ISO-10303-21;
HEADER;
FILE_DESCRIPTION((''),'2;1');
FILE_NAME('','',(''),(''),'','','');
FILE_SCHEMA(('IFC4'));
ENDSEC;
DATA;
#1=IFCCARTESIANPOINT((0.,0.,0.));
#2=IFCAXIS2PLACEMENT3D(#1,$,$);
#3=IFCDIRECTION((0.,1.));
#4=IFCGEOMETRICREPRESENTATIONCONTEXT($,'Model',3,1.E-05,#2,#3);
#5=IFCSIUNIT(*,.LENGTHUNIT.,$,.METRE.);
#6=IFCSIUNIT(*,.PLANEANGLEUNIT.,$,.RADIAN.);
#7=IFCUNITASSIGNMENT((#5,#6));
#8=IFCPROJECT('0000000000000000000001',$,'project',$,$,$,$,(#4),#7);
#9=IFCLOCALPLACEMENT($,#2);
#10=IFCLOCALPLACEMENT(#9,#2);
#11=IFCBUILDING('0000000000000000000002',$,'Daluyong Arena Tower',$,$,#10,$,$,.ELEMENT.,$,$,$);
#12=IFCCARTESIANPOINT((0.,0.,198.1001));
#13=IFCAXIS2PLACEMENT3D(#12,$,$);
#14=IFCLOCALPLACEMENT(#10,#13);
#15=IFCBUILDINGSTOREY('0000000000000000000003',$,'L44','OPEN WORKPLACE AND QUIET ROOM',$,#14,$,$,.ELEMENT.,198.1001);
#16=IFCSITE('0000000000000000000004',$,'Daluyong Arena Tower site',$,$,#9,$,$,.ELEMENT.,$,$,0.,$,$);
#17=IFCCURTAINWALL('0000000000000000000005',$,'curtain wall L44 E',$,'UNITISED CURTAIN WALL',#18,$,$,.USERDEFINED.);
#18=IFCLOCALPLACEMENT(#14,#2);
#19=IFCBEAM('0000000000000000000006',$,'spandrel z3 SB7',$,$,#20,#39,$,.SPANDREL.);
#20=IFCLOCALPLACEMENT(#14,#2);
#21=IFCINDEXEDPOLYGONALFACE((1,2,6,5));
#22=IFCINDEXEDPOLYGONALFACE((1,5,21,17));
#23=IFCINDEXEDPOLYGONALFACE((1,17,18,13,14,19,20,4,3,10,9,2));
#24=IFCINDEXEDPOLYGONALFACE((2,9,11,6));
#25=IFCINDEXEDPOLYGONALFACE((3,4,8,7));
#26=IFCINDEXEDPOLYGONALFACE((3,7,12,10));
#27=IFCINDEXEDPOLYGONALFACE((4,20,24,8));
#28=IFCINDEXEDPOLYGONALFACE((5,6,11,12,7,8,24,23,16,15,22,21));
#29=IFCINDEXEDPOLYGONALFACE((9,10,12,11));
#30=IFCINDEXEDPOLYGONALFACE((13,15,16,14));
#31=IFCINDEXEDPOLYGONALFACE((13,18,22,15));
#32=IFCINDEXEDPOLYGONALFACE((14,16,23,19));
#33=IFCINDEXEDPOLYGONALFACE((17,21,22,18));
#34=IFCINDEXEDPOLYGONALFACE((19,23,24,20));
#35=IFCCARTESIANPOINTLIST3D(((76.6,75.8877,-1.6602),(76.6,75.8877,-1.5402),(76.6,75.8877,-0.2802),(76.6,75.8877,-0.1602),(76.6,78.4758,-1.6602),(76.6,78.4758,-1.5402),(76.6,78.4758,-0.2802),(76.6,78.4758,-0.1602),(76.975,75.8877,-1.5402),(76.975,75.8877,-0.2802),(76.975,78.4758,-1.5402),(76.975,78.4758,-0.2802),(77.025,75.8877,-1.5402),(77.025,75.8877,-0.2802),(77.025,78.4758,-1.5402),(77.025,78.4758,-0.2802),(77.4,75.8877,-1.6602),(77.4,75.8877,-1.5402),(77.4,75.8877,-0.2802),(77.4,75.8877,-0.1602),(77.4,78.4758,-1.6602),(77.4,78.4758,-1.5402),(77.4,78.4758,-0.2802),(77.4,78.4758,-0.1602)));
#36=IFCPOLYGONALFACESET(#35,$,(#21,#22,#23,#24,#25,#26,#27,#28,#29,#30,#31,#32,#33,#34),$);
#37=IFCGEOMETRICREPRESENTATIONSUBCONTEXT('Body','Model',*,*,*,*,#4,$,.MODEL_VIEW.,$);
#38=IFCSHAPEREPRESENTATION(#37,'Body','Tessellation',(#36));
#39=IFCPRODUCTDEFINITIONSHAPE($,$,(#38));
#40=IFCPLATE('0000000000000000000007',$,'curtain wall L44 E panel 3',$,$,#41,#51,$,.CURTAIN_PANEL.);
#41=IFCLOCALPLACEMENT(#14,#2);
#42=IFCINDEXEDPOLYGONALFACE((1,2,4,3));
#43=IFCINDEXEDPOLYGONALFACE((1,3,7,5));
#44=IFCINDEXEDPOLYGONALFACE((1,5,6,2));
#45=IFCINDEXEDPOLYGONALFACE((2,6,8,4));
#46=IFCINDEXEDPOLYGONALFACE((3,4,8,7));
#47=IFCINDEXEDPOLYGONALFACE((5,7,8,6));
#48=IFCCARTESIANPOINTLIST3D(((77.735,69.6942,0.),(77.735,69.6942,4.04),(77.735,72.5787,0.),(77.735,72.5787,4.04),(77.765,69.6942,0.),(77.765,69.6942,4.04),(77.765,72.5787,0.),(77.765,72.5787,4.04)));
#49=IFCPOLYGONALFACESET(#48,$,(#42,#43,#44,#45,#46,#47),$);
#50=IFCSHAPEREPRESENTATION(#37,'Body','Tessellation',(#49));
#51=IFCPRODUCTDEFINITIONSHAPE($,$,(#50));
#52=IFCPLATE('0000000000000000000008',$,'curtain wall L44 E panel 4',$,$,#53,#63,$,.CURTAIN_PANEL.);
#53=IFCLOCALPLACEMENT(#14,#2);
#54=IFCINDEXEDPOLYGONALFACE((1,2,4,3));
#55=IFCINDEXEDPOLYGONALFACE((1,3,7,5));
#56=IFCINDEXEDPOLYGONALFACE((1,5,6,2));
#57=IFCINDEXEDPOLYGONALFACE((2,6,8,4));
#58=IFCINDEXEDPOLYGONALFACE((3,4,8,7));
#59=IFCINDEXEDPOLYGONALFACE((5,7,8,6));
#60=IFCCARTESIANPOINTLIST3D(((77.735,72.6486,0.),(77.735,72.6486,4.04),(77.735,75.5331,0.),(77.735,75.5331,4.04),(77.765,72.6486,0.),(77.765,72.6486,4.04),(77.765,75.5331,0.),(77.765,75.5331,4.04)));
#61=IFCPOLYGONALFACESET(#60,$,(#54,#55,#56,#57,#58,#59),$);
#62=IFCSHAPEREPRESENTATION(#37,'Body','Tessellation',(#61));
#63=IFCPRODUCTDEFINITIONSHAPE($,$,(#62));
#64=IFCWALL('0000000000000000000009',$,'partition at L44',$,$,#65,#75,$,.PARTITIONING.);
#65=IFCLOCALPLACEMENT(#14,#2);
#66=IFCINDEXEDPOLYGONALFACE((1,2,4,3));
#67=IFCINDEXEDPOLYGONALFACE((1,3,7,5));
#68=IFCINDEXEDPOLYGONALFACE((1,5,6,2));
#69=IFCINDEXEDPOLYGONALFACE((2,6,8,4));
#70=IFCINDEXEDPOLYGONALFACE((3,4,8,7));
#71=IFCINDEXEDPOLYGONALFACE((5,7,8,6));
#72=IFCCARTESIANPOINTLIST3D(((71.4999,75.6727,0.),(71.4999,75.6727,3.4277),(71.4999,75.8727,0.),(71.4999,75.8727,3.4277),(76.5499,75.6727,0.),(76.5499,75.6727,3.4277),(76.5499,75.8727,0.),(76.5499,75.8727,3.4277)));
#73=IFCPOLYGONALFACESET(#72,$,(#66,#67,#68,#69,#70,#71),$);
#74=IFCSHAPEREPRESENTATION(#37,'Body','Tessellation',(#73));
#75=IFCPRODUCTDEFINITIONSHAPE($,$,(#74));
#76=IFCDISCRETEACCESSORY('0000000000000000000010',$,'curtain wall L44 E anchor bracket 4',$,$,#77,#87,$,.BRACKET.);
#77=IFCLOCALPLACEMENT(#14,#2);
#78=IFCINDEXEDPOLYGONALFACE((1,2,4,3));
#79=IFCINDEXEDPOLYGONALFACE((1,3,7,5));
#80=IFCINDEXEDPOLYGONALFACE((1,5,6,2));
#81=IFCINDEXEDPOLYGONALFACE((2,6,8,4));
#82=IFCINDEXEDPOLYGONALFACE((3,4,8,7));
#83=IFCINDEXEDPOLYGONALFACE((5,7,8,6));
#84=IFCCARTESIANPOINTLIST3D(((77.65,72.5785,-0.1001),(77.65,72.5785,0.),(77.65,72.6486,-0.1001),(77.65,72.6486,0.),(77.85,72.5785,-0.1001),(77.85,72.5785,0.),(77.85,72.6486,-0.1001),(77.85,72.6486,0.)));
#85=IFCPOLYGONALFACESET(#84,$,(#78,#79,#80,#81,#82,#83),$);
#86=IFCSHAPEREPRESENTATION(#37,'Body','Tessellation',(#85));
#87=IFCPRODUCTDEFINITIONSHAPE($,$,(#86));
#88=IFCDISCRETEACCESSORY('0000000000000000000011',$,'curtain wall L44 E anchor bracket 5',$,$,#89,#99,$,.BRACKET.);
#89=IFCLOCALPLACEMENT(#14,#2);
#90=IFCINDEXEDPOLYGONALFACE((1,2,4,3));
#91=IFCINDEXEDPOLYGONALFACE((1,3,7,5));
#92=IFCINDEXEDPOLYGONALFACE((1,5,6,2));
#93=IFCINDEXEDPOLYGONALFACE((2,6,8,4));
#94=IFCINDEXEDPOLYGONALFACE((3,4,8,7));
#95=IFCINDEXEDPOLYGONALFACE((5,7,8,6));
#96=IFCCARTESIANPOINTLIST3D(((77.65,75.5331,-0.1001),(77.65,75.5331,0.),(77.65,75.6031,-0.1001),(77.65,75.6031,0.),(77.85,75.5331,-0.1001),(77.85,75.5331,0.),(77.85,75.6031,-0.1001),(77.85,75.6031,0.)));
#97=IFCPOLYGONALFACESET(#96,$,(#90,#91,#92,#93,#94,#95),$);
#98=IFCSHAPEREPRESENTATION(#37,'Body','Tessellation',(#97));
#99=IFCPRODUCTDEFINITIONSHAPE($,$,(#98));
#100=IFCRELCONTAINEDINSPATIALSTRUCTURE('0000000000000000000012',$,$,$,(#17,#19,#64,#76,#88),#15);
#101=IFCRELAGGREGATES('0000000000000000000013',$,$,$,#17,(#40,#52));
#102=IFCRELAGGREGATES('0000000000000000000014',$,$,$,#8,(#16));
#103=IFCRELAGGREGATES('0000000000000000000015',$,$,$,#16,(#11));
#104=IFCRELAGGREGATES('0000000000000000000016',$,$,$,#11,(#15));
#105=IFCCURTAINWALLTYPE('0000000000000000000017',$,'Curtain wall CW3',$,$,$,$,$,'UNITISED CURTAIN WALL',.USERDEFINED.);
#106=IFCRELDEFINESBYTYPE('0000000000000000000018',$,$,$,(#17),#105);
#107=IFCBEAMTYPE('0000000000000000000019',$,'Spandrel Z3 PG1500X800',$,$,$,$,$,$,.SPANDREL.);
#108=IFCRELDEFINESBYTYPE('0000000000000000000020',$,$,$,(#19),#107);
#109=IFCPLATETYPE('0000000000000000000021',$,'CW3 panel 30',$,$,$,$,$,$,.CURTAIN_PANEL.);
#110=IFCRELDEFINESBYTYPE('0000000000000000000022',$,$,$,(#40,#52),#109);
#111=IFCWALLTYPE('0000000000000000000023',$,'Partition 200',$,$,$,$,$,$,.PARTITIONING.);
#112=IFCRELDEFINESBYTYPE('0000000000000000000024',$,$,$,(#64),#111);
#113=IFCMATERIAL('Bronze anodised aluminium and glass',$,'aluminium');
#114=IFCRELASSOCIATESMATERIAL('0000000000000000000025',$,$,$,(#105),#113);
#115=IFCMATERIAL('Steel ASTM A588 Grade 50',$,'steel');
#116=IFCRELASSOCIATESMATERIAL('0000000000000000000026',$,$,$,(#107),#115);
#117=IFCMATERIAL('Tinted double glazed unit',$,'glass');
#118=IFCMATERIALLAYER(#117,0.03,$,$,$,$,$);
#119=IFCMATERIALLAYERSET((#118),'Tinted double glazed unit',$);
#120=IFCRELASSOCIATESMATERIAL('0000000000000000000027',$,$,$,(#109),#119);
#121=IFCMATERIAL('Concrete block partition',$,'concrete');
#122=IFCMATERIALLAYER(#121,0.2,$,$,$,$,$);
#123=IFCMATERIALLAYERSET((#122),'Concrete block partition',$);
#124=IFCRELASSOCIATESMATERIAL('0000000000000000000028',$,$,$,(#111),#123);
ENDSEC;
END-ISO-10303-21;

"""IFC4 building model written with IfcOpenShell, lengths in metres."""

from ifc_helpers import new_model, si_unit, direction, frame, frame_2d, origin, origin_2d, place, context, subcontext, project, spatial, rectangle, i_section, extrude, material, layer, layer_set, material_profile, profile_set, type_object, element, aggregate, save


model = new_model("IFC4")

# Units and contexts
model_context = context("Model", 3, precision=1e-05, world=origin(), true_north=direction((0.0, 1.0)))
body_context = subcontext(model_context, "Body", "Model", "MODEL_VIEW")
ifc_project = project(units=[si_unit("LENGTHUNIT", "METRE"), si_unit("PLANEANGLEUNIT", "RADIAN")], contexts=[model_context])

# Site, building, storey
site_placement = place(None, origin())
site = spatial("IfcSite", under=ifc_project, at=site_placement, Name="Daluyong Arena Tower site", CompositionType="ELEMENT", RefElevation=0.0)
building_placement = place(site_placement, origin())
building = spatial("IfcBuilding", under=site, at=building_placement, Name="Daluyong Arena Tower", CompositionType="ELEMENT")
storey_placement = place(building_placement, frame((0.0, 0.0, 198.1001)))
storey = spatial("IfcBuildingStorey", under=building, at=storey_placement, Name="L44", Description="OPEN WORKPLACE AND QUIET ROOM", CompositionType="ELEMENT", Elevation=198.1001)

# Curtain wall
ifc_material_1 = material(Name="Bronze anodised aluminium and glass", Category="aluminium")
curtain_wall_type = type_object("IfcCurtainWallType", Name="Curtain wall CW3", ElementType="UNITISED CURTAIN WALL", PredefinedType="USERDEFINED", material=ifc_material_1)
curtain_wall_placement = place(storey_placement, origin())
curtain_wall = element("IfcCurtainWall", 1, at=curtain_wall_placement, inside=storey, type_object=curtain_wall_type, Name="curtain wall L44 E", ObjectType="UNITISED CURTAIN WALL", PredefinedType="USERDEFINED")

# Beam
ifc_material_2 = material(Name="Steel ASTM A588 Grade 50", Category="steel")
ifc_material_profile_1 = material_profile(ifc_material_2, i_section(OverallWidth=0.8, OverallDepth=1.5, WebThickness=0.05, FlangeThickness=0.12, at=origin_2d()))
ifc_profile_set_1 = profile_set([ifc_material_profile_1], Name="Steel ASTM A588 Grade 50")
beam_type_1 = type_object("IfcBeamType", Name="Spandrel Z3 PG1500X800", PredefinedType="SPANDREL", material=ifc_profile_set_1)
for number, where, z_axis, x_axis, name in (
    (2, (77.0, 75.8877, -0.9102), (0.0, 1.0, 0.0), (-1.0, 0.0, 0.0), "spandrel z3 SB7"),
):
    element("IfcBeam", number, at=place(storey_placement, frame(where, z_axis=z_axis, x_axis=x_axis)), inside=storey, type_object=beam_type_1, Name=name, PredefinedType="SPANDREL", context=body_context, shape_type="SweptSolid", body=[
        extrude(i_section(OverallWidth=0.8, OverallDepth=1.5, WebThickness=0.05, FlangeThickness=0.12, at=origin_2d()), origin(), (0.0, 0.0, 1.0), 2.5881),
    ])

# Plates
ifc_material_3 = material(Name="Tinted double glazed unit", Category="glass")
ifc_layer_1 = layer(ifc_material_3, 0.03)
ifc_layer_set_1 = layer_set([ifc_layer_1], Name="Tinted double glazed unit")
plate_type = type_object("IfcPlateType", Name="CW3 panel 30", PredefinedType="CURTAIN_PANEL", material=ifc_layer_set_1)
plate_1_placement = place(storey_placement, frame((77.75, 71.1365, 0.0), z_axis=(0.0, 0.0, 1.0), x_axis=(0.0, 1.0, 0.0)))
plate_1 = element("IfcPlate", 3, at=plate_1_placement, type_object=plate_type, Name="curtain wall L44 E panel 3", PredefinedType="CURTAIN_PANEL", context=body_context, shape_type="SweptSolid", body=[
    extrude(rectangle(XDim=2.8845, YDim=0.03, at=origin_2d()), origin(), (0.0, 0.0, 1.0), 4.04),
])
plate_2_placement = place(storey_placement, frame((77.75, 74.0908, 0.0), z_axis=(0.0, 0.0, 1.0), x_axis=(0.0, 1.0, 0.0)))
plate_2 = element("IfcPlate", 4, at=plate_2_placement, type_object=plate_type, Name="curtain wall L44 E panel 4", PredefinedType="CURTAIN_PANEL", context=body_context, shape_type="SweptSolid", body=[
    extrude(rectangle(XDim=2.8845, YDim=0.03, at=origin_2d()), origin(), (0.0, 0.0, 1.0), 4.04),
])
aggregate(curtain_wall, [plate_1, plate_2])

# Wall
ifc_material_4 = material(Name="Concrete block partition", Category="concrete")
ifc_layer_2 = layer(ifc_material_4, 0.2)
ifc_layer_set_2 = layer_set([ifc_layer_2], Name="Concrete block partition")
wall_type = type_object("IfcWallType", Name="Partition 200", PredefinedType="PARTITIONING", material=ifc_layer_set_2)
wall_placement = place(storey_placement, frame((71.5, 75.7727, 0.0), z_axis=(0.0, 0.0, 1.0), x_axis=(1.0, 0.0, 0.0)))
element("IfcWall", 5, at=wall_placement, inside=storey, type_object=wall_type, Name="partition at L44", PredefinedType="PARTITIONING", context=body_context, shape_type="SweptSolid", body=[
    extrude(rectangle(XDim=5.05, YDim=0.2, at=frame_2d((2.5249, 0.0))), origin(), (0.0, 0.0, 1.0), 3.4277),
])

# Discrete accessories
for number, where, z_axis, x_axis, name in (
    (6, (77.75, 72.6135, -0.1001), (0.0, 0.0, 1.0), (0.0, 1.0, 0.0), "curtain wall L44 E anchor bracket 4"),
    (7, (77.75, 75.5681, -0.1001), (0.0, 0.0, 1.0), (0.0, 1.0, 0.0), "curtain wall L44 E anchor bracket 5"),
):
    element("IfcDiscreteAccessory", number, at=place(storey_placement, frame(where, z_axis=z_axis, x_axis=x_axis)), inside=storey, Name=name, PredefinedType="BRACKET", context=body_context, shape_type="SweptSolid", body=[
        extrude(rectangle(XDim=0.0701, YDim=0.2, at=origin_2d()), origin(), (0.0, 0.0, 1.0), 0.1001),
    ])

save(model, "model.ifc")
